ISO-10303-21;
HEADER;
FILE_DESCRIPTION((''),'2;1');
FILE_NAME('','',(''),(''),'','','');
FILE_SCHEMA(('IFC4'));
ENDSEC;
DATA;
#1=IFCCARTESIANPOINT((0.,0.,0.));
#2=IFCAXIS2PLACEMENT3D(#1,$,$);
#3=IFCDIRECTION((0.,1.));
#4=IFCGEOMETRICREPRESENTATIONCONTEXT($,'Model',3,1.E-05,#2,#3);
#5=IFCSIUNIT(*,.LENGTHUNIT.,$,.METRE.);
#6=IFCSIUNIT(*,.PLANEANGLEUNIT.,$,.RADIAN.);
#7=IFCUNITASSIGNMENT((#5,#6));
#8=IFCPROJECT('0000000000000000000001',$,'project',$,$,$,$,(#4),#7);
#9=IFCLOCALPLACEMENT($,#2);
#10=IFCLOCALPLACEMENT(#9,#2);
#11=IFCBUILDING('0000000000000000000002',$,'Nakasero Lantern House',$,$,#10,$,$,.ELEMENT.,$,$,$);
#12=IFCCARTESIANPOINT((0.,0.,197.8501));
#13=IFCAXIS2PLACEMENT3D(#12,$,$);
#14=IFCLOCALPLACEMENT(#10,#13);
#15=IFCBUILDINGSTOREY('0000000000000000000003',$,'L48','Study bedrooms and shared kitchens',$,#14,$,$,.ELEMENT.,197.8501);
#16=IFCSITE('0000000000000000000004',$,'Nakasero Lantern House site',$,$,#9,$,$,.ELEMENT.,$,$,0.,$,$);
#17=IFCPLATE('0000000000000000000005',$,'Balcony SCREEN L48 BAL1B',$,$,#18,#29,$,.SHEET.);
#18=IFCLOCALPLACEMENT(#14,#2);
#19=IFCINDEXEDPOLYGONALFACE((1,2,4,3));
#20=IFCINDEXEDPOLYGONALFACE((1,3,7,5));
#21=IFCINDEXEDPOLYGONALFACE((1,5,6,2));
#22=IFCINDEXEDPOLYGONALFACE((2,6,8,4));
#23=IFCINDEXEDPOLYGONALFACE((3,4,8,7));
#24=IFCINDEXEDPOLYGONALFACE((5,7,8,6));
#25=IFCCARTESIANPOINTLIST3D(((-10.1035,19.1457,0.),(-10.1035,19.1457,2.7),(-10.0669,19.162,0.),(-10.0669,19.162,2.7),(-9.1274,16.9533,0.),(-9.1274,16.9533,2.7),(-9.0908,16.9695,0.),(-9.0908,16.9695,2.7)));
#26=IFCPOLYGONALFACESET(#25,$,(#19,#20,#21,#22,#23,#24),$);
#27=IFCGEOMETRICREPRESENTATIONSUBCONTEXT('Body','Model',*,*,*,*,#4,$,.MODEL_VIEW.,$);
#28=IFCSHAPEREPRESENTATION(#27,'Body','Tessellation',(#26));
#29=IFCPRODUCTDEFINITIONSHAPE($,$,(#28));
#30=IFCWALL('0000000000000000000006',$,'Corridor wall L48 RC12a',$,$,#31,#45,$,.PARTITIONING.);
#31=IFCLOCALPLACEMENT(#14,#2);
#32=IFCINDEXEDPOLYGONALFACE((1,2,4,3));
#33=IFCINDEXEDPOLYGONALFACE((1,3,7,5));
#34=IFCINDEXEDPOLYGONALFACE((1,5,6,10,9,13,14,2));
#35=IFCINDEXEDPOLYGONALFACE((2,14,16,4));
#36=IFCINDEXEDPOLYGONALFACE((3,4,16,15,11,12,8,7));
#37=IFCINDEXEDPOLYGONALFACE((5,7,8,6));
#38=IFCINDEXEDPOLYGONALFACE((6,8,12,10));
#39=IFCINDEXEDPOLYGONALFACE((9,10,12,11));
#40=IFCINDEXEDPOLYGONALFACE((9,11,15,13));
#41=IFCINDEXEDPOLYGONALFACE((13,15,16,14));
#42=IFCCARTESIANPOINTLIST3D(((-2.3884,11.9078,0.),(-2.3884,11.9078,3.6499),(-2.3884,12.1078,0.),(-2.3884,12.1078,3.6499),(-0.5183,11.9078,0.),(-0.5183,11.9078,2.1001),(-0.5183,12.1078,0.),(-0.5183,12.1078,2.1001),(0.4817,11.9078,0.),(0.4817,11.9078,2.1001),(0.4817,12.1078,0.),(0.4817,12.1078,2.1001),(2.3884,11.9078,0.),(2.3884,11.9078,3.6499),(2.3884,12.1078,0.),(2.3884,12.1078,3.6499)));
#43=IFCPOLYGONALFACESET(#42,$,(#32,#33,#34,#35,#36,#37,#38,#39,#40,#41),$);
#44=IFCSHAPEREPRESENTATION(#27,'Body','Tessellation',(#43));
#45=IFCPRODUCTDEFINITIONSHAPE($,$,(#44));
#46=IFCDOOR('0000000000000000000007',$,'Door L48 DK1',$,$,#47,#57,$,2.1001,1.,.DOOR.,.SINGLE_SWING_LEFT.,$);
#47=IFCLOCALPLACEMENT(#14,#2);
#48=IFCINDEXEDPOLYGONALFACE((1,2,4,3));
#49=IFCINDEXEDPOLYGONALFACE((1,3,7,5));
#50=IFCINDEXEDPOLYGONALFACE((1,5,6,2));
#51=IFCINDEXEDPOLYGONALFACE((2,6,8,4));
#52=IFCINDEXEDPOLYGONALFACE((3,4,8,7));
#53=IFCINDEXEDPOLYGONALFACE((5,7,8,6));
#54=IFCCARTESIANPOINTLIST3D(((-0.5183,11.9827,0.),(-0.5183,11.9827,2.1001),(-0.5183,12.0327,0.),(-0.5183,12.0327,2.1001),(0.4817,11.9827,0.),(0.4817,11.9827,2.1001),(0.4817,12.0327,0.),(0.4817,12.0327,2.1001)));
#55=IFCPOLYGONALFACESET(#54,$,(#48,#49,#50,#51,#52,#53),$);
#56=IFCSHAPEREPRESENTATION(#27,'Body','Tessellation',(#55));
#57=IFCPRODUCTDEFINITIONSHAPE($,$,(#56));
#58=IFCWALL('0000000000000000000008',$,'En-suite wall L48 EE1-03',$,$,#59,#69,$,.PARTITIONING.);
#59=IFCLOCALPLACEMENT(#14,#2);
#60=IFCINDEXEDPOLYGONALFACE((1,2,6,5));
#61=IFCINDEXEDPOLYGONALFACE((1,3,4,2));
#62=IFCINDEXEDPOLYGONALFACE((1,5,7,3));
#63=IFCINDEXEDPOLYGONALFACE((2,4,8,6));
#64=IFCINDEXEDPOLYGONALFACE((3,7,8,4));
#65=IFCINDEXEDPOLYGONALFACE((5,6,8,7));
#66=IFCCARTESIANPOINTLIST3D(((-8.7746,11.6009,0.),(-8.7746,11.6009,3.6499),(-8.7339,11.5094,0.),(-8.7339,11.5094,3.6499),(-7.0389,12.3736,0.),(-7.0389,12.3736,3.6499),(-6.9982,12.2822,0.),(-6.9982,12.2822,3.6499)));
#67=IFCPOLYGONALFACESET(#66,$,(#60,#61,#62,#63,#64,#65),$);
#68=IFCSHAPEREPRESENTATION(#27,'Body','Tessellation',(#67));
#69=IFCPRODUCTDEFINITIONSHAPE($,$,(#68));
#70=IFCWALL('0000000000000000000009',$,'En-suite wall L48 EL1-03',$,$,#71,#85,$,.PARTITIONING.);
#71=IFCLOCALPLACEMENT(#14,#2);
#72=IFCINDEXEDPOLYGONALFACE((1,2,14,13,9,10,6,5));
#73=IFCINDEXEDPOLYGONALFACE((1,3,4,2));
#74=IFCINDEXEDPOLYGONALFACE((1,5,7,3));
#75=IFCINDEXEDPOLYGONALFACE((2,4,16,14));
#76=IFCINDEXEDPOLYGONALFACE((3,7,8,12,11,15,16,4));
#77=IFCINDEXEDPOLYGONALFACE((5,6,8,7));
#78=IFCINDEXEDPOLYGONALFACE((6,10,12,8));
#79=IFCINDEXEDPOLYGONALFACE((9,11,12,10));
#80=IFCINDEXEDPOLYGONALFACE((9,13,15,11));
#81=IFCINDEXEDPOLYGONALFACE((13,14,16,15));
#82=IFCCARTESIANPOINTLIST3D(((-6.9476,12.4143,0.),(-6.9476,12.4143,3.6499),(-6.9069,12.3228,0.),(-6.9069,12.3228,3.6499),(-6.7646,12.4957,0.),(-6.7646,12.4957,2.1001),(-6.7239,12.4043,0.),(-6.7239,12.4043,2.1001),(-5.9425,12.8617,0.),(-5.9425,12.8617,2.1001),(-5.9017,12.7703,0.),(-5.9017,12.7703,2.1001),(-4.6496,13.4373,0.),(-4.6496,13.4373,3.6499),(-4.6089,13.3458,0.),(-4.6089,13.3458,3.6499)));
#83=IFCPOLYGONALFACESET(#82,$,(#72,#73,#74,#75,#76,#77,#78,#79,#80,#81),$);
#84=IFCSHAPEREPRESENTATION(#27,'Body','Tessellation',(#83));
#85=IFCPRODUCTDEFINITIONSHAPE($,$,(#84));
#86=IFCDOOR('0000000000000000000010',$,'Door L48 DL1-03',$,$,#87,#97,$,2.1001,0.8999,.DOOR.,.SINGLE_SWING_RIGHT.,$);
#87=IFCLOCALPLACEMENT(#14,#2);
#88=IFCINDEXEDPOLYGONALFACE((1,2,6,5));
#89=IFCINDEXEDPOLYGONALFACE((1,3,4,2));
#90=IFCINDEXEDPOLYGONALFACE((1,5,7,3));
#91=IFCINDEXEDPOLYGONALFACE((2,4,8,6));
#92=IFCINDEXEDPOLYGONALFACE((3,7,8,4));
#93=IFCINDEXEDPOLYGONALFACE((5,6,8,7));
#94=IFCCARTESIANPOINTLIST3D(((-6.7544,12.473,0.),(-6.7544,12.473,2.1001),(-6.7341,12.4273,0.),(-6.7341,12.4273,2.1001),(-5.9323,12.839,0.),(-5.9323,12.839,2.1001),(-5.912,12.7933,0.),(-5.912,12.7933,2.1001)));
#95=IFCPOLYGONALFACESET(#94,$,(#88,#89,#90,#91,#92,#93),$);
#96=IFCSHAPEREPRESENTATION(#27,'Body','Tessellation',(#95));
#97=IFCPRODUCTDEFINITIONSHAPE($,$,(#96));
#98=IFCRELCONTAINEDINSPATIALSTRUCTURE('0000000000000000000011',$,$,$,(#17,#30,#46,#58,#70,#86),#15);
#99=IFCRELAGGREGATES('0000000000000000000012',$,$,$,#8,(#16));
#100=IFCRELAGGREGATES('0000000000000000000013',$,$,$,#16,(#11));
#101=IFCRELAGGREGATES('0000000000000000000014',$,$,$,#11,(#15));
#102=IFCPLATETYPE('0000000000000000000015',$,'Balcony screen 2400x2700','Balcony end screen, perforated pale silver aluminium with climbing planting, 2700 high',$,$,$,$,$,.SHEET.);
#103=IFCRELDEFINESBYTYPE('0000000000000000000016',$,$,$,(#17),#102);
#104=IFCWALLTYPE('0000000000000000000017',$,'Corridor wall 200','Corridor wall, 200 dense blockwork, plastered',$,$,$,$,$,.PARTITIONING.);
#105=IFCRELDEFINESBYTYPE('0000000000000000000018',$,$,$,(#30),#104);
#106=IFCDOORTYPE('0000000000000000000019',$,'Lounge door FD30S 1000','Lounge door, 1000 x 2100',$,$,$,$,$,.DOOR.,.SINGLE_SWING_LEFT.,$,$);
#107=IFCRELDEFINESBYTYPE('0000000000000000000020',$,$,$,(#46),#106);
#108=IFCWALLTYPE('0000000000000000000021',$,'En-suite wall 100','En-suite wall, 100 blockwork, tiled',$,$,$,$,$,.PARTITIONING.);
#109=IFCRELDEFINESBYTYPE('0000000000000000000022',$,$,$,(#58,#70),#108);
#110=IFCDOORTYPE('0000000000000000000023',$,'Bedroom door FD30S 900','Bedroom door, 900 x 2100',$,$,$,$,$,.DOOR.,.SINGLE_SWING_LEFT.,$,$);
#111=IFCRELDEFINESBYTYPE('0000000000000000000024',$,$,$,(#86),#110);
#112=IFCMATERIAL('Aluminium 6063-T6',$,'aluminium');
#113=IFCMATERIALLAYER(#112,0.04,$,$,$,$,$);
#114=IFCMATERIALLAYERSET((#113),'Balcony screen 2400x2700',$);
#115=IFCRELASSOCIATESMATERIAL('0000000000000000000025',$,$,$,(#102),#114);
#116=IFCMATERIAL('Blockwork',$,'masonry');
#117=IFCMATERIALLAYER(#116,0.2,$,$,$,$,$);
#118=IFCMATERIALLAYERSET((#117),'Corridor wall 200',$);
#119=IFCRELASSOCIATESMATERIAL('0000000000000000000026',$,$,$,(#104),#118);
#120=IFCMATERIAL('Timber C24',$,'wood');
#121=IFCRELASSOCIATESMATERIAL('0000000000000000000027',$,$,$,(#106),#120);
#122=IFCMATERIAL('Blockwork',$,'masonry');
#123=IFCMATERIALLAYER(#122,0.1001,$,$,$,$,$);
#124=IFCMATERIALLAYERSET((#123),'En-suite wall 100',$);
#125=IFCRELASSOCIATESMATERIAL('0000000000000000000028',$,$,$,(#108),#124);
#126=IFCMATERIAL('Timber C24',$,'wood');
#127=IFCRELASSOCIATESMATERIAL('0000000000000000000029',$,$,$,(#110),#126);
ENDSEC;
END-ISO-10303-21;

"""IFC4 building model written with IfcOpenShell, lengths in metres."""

from ifc_helpers import new_model, si_unit, direction, frame, frame_2d, origin, origin_2d, place, context, subcontext, project, spatial, rectangle, extrude, material, layer, layer_set, type_object, element, fill, save


model = new_model("IFC4")

# Units and contexts
model_context = context("Model", 3, precision=1e-05, world=origin(), true_north=direction((0.0, 1.0)))
body_context = subcontext(model_context, "Body", "Model", "MODEL_VIEW")
ifc_project = project(units=[si_unit("LENGTHUNIT", "METRE"), si_unit("PLANEANGLEUNIT", "RADIAN")], contexts=[model_context])

# Site, building, storey
site_placement = place(None, origin())
site = spatial("IfcSite", under=ifc_project, at=site_placement, Name="Nakasero Lantern House site", CompositionType="ELEMENT", RefElevation=0.0)
building_placement = place(site_placement, origin())
building = spatial("IfcBuilding", under=site, at=building_placement, Name="Nakasero Lantern House", CompositionType="ELEMENT")
storey_placement = place(building_placement, frame((0.0, 0.0, 197.8501)))
storey = spatial("IfcBuildingStorey", under=building, at=storey_placement, Name="L48", Description="Study bedrooms and shared kitchens", CompositionType="ELEMENT", Elevation=197.8501)

# Plate
ifc_material_1 = material(Name="Aluminium 6063-T6", Category="aluminium")
ifc_layer_1 = layer(ifc_material_1, 0.04)
ifc_layer_set_1 = layer_set([ifc_layer_1], Name="Balcony screen 2400x2700")
plate_type_1 = type_object("IfcPlateType", Name="Balcony screen 2400x2700", Description="Balcony end screen, perforated pale silver aluminium with climbing planting, 2700 high", PredefinedType="SHEET", material=ifc_layer_set_1)
for number, where, z_axis, x_axis, name in (
    (1, (-9.5972, 18.0576, 0.0), (0.0, 0.0, 1.0), (-0.406737, 0.913545, 0.0), "Balcony SCREEN L48 BAL1B"),
):
    element("IfcPlate", number, at=place(storey_placement, frame(where, z_axis=z_axis, x_axis=x_axis)), inside=storey, type_object=plate_type_1, Name=name, PredefinedType="SHEET", context=body_context, shape_type="SweptSolid", body=[
        extrude(rectangle(XDim=2.3999, YDim=0.04, at=origin_2d()), origin(), (0.0, 0.0, 1.0), 2.7),
    ])

# Wall, opening, door
ifc_material_2 = material(Name="Blockwork", Category="masonry")
ifc_layer_2 = layer(ifc_material_2, 0.2)
ifc_layer_set_2 = layer_set([ifc_layer_2], Name="Corridor wall 200")
wall_type_1 = type_object("IfcWallType", Name="Corridor wall 200", Description="Corridor wall, 200 dense blockwork, plastered", PredefinedType="PARTITIONING", material=ifc_layer_set_2)
wall_1_placement = place(storey_placement, frame((-2.3884, 12.0078, 0.0), z_axis=(0.0, 0.0, 1.0), x_axis=(1.0, 0.0, 0.0)))
wall_1 = element("IfcWall", 2, at=wall_1_placement, inside=storey, type_object=wall_type_1, Name="Corridor wall L48 RC12a", PredefinedType="PARTITIONING", context=body_context, shape_type="SweptSolid", body=[
    extrude(rectangle(XDim=4.7769, YDim=0.2, at=frame_2d((2.3884, 0.0))), origin(), (0.0, 0.0, 1.0), 3.6499),
])
opening_1_placement = place(wall_1_placement, frame((1.8701, 0.0, 0.0)))
opening_1 = element("IfcOpeningElement", 3, at=opening_1_placement, cuts=wall_1, PredefinedType="OPENING", context=body_context, shape_type="SweptSolid", body=[
    extrude(rectangle(XDim=1.0, YDim=2.1001, at=frame_2d((0.5, 1.05))), frame((0.0, 0.1199, 0.0), z_axis=(0.0, -1.0, 0.0), x_axis=(1.0, 0.0, 0.0)), (0.0, 0.0, 1.0), 0.24),
])
ifc_material_3 = material(Name="Timber C24", Category="wood")
door_type_1 = type_object("IfcDoorType", Name="Lounge door FD30S 1000", Description="Lounge door, 1000 x 2100", OperationType="SINGLE_SWING_LEFT", PredefinedType="DOOR", material=ifc_material_3)
door_1_placement = place(opening_1_placement, origin())
door_1 = element("IfcDoor", 4, at=door_1_placement, inside=storey, type_object=door_type_1, Name="Door L48 DK1", OperationType="SINGLE_SWING_LEFT", OverallHeight=2.1001, OverallWidth=1.0, PredefinedType="DOOR", context=body_context, shape_type="SweptSolid", body=[
    extrude(rectangle(XDim=1.0, YDim=2.1001, at=frame_2d((0.5, 1.05))), frame((0.0, 0.0249, 0.0), z_axis=(0.0, -1.0, 0.0), x_axis=(1.0, 0.0, 0.0)), (0.0, 0.0, 1.0), 0.05),
])
fill(opening_1, door_1)

# Wall
ifc_material_4 = material(Name="Blockwork", Category="masonry")
ifc_layer_3 = layer(ifc_material_4, 0.1001)
ifc_layer_set_3 = layer_set([ifc_layer_3], Name="En-suite wall 100")
wall_type_2 = type_object("IfcWallType", Name="En-suite wall 100", Description="En-suite wall, 100 blockwork, tiled", PredefinedType="PARTITIONING", material=ifc_layer_set_3)
wall_2_placement = place(storey_placement, frame((-7.0186, 12.3279, 0.0), z_axis=(0.0, 0.0, 1.0), x_axis=(-0.913552, -0.406723, 0.0)))
element("IfcWall", 5, at=wall_2_placement, inside=storey, type_object=wall_type_2, Name="En-suite wall L48 EE1-03", PredefinedType="PARTITIONING", context=body_context, shape_type="SweptSolid", body=[
    extrude(rectangle(XDim=1.8999, YDim=0.1001, at=frame_2d((0.95, 0.0))), origin(), (0.0, 0.0, 1.0), 3.6499),
])

# Wall, opening, door
wall_3_placement = place(storey_placement, frame((-4.6292, 13.3916, 0.0), z_axis=(0.0, 0.0, 1.0), x_axis=(-0.913563, -0.406697, 0.0)))
wall_3 = element("IfcWall", 6, at=wall_3_placement, inside=storey, type_object=wall_type_2, Name="En-suite wall L48 EL1-03", PredefinedType="PARTITIONING", context=body_context, shape_type="SweptSolid", body=[
    extrude(rectangle(XDim=2.5154, YDim=0.1001, at=frame_2d((1.2578, 0.0))), origin(), (0.0, 0.0, 1.0), 3.6499),
])
opening_2_placement = place(wall_3_placement, frame((1.4153, 0.0, 0.0)))
opening_2 = element("IfcOpeningElement", 7, at=opening_2_placement, cuts=wall_3, PredefinedType="OPENING", context=body_context, shape_type="SweptSolid", body=[
    extrude(rectangle(XDim=0.8999, YDim=2.1001, at=frame_2d((0.45, 1.05))), frame((0.0, 0.0701, 0.0), z_axis=(0.0, -1.0, 0.0), x_axis=(1.0, 0.0, 0.0)), (0.0, 0.0, 1.0), 0.1401),
])
ifc_material_5 = material(Name="Timber C24", Category="wood")
door_type_2 = type_object("IfcDoorType", Name="Bedroom door FD30S 900", Description="Bedroom door, 900 x 2100", OperationType="SINGLE_SWING_LEFT", PredefinedType="DOOR", material=ifc_material_5)
door_2_placement = place(opening_2_placement, origin())
door_2 = element("IfcDoor", 8, at=door_2_placement, inside=storey, type_object=door_type_2, Name="Door L48 DL1-03", OperationType="SINGLE_SWING_RIGHT", OverallHeight=2.1001, OverallWidth=0.8999, PredefinedType="DOOR", context=body_context, shape_type="SweptSolid", body=[
    extrude(rectangle(XDim=0.8999, YDim=2.1001, at=frame_2d((0.45, 1.05))), frame((0.0, 0.0249, 0.0), z_axis=(0.0, -1.0, 0.0), x_axis=(1.0, 0.0, 0.0)), (0.0, 0.0, 1.0), 0.05),
])
fill(opening_2, door_2)

save(model, "model.ifc")
